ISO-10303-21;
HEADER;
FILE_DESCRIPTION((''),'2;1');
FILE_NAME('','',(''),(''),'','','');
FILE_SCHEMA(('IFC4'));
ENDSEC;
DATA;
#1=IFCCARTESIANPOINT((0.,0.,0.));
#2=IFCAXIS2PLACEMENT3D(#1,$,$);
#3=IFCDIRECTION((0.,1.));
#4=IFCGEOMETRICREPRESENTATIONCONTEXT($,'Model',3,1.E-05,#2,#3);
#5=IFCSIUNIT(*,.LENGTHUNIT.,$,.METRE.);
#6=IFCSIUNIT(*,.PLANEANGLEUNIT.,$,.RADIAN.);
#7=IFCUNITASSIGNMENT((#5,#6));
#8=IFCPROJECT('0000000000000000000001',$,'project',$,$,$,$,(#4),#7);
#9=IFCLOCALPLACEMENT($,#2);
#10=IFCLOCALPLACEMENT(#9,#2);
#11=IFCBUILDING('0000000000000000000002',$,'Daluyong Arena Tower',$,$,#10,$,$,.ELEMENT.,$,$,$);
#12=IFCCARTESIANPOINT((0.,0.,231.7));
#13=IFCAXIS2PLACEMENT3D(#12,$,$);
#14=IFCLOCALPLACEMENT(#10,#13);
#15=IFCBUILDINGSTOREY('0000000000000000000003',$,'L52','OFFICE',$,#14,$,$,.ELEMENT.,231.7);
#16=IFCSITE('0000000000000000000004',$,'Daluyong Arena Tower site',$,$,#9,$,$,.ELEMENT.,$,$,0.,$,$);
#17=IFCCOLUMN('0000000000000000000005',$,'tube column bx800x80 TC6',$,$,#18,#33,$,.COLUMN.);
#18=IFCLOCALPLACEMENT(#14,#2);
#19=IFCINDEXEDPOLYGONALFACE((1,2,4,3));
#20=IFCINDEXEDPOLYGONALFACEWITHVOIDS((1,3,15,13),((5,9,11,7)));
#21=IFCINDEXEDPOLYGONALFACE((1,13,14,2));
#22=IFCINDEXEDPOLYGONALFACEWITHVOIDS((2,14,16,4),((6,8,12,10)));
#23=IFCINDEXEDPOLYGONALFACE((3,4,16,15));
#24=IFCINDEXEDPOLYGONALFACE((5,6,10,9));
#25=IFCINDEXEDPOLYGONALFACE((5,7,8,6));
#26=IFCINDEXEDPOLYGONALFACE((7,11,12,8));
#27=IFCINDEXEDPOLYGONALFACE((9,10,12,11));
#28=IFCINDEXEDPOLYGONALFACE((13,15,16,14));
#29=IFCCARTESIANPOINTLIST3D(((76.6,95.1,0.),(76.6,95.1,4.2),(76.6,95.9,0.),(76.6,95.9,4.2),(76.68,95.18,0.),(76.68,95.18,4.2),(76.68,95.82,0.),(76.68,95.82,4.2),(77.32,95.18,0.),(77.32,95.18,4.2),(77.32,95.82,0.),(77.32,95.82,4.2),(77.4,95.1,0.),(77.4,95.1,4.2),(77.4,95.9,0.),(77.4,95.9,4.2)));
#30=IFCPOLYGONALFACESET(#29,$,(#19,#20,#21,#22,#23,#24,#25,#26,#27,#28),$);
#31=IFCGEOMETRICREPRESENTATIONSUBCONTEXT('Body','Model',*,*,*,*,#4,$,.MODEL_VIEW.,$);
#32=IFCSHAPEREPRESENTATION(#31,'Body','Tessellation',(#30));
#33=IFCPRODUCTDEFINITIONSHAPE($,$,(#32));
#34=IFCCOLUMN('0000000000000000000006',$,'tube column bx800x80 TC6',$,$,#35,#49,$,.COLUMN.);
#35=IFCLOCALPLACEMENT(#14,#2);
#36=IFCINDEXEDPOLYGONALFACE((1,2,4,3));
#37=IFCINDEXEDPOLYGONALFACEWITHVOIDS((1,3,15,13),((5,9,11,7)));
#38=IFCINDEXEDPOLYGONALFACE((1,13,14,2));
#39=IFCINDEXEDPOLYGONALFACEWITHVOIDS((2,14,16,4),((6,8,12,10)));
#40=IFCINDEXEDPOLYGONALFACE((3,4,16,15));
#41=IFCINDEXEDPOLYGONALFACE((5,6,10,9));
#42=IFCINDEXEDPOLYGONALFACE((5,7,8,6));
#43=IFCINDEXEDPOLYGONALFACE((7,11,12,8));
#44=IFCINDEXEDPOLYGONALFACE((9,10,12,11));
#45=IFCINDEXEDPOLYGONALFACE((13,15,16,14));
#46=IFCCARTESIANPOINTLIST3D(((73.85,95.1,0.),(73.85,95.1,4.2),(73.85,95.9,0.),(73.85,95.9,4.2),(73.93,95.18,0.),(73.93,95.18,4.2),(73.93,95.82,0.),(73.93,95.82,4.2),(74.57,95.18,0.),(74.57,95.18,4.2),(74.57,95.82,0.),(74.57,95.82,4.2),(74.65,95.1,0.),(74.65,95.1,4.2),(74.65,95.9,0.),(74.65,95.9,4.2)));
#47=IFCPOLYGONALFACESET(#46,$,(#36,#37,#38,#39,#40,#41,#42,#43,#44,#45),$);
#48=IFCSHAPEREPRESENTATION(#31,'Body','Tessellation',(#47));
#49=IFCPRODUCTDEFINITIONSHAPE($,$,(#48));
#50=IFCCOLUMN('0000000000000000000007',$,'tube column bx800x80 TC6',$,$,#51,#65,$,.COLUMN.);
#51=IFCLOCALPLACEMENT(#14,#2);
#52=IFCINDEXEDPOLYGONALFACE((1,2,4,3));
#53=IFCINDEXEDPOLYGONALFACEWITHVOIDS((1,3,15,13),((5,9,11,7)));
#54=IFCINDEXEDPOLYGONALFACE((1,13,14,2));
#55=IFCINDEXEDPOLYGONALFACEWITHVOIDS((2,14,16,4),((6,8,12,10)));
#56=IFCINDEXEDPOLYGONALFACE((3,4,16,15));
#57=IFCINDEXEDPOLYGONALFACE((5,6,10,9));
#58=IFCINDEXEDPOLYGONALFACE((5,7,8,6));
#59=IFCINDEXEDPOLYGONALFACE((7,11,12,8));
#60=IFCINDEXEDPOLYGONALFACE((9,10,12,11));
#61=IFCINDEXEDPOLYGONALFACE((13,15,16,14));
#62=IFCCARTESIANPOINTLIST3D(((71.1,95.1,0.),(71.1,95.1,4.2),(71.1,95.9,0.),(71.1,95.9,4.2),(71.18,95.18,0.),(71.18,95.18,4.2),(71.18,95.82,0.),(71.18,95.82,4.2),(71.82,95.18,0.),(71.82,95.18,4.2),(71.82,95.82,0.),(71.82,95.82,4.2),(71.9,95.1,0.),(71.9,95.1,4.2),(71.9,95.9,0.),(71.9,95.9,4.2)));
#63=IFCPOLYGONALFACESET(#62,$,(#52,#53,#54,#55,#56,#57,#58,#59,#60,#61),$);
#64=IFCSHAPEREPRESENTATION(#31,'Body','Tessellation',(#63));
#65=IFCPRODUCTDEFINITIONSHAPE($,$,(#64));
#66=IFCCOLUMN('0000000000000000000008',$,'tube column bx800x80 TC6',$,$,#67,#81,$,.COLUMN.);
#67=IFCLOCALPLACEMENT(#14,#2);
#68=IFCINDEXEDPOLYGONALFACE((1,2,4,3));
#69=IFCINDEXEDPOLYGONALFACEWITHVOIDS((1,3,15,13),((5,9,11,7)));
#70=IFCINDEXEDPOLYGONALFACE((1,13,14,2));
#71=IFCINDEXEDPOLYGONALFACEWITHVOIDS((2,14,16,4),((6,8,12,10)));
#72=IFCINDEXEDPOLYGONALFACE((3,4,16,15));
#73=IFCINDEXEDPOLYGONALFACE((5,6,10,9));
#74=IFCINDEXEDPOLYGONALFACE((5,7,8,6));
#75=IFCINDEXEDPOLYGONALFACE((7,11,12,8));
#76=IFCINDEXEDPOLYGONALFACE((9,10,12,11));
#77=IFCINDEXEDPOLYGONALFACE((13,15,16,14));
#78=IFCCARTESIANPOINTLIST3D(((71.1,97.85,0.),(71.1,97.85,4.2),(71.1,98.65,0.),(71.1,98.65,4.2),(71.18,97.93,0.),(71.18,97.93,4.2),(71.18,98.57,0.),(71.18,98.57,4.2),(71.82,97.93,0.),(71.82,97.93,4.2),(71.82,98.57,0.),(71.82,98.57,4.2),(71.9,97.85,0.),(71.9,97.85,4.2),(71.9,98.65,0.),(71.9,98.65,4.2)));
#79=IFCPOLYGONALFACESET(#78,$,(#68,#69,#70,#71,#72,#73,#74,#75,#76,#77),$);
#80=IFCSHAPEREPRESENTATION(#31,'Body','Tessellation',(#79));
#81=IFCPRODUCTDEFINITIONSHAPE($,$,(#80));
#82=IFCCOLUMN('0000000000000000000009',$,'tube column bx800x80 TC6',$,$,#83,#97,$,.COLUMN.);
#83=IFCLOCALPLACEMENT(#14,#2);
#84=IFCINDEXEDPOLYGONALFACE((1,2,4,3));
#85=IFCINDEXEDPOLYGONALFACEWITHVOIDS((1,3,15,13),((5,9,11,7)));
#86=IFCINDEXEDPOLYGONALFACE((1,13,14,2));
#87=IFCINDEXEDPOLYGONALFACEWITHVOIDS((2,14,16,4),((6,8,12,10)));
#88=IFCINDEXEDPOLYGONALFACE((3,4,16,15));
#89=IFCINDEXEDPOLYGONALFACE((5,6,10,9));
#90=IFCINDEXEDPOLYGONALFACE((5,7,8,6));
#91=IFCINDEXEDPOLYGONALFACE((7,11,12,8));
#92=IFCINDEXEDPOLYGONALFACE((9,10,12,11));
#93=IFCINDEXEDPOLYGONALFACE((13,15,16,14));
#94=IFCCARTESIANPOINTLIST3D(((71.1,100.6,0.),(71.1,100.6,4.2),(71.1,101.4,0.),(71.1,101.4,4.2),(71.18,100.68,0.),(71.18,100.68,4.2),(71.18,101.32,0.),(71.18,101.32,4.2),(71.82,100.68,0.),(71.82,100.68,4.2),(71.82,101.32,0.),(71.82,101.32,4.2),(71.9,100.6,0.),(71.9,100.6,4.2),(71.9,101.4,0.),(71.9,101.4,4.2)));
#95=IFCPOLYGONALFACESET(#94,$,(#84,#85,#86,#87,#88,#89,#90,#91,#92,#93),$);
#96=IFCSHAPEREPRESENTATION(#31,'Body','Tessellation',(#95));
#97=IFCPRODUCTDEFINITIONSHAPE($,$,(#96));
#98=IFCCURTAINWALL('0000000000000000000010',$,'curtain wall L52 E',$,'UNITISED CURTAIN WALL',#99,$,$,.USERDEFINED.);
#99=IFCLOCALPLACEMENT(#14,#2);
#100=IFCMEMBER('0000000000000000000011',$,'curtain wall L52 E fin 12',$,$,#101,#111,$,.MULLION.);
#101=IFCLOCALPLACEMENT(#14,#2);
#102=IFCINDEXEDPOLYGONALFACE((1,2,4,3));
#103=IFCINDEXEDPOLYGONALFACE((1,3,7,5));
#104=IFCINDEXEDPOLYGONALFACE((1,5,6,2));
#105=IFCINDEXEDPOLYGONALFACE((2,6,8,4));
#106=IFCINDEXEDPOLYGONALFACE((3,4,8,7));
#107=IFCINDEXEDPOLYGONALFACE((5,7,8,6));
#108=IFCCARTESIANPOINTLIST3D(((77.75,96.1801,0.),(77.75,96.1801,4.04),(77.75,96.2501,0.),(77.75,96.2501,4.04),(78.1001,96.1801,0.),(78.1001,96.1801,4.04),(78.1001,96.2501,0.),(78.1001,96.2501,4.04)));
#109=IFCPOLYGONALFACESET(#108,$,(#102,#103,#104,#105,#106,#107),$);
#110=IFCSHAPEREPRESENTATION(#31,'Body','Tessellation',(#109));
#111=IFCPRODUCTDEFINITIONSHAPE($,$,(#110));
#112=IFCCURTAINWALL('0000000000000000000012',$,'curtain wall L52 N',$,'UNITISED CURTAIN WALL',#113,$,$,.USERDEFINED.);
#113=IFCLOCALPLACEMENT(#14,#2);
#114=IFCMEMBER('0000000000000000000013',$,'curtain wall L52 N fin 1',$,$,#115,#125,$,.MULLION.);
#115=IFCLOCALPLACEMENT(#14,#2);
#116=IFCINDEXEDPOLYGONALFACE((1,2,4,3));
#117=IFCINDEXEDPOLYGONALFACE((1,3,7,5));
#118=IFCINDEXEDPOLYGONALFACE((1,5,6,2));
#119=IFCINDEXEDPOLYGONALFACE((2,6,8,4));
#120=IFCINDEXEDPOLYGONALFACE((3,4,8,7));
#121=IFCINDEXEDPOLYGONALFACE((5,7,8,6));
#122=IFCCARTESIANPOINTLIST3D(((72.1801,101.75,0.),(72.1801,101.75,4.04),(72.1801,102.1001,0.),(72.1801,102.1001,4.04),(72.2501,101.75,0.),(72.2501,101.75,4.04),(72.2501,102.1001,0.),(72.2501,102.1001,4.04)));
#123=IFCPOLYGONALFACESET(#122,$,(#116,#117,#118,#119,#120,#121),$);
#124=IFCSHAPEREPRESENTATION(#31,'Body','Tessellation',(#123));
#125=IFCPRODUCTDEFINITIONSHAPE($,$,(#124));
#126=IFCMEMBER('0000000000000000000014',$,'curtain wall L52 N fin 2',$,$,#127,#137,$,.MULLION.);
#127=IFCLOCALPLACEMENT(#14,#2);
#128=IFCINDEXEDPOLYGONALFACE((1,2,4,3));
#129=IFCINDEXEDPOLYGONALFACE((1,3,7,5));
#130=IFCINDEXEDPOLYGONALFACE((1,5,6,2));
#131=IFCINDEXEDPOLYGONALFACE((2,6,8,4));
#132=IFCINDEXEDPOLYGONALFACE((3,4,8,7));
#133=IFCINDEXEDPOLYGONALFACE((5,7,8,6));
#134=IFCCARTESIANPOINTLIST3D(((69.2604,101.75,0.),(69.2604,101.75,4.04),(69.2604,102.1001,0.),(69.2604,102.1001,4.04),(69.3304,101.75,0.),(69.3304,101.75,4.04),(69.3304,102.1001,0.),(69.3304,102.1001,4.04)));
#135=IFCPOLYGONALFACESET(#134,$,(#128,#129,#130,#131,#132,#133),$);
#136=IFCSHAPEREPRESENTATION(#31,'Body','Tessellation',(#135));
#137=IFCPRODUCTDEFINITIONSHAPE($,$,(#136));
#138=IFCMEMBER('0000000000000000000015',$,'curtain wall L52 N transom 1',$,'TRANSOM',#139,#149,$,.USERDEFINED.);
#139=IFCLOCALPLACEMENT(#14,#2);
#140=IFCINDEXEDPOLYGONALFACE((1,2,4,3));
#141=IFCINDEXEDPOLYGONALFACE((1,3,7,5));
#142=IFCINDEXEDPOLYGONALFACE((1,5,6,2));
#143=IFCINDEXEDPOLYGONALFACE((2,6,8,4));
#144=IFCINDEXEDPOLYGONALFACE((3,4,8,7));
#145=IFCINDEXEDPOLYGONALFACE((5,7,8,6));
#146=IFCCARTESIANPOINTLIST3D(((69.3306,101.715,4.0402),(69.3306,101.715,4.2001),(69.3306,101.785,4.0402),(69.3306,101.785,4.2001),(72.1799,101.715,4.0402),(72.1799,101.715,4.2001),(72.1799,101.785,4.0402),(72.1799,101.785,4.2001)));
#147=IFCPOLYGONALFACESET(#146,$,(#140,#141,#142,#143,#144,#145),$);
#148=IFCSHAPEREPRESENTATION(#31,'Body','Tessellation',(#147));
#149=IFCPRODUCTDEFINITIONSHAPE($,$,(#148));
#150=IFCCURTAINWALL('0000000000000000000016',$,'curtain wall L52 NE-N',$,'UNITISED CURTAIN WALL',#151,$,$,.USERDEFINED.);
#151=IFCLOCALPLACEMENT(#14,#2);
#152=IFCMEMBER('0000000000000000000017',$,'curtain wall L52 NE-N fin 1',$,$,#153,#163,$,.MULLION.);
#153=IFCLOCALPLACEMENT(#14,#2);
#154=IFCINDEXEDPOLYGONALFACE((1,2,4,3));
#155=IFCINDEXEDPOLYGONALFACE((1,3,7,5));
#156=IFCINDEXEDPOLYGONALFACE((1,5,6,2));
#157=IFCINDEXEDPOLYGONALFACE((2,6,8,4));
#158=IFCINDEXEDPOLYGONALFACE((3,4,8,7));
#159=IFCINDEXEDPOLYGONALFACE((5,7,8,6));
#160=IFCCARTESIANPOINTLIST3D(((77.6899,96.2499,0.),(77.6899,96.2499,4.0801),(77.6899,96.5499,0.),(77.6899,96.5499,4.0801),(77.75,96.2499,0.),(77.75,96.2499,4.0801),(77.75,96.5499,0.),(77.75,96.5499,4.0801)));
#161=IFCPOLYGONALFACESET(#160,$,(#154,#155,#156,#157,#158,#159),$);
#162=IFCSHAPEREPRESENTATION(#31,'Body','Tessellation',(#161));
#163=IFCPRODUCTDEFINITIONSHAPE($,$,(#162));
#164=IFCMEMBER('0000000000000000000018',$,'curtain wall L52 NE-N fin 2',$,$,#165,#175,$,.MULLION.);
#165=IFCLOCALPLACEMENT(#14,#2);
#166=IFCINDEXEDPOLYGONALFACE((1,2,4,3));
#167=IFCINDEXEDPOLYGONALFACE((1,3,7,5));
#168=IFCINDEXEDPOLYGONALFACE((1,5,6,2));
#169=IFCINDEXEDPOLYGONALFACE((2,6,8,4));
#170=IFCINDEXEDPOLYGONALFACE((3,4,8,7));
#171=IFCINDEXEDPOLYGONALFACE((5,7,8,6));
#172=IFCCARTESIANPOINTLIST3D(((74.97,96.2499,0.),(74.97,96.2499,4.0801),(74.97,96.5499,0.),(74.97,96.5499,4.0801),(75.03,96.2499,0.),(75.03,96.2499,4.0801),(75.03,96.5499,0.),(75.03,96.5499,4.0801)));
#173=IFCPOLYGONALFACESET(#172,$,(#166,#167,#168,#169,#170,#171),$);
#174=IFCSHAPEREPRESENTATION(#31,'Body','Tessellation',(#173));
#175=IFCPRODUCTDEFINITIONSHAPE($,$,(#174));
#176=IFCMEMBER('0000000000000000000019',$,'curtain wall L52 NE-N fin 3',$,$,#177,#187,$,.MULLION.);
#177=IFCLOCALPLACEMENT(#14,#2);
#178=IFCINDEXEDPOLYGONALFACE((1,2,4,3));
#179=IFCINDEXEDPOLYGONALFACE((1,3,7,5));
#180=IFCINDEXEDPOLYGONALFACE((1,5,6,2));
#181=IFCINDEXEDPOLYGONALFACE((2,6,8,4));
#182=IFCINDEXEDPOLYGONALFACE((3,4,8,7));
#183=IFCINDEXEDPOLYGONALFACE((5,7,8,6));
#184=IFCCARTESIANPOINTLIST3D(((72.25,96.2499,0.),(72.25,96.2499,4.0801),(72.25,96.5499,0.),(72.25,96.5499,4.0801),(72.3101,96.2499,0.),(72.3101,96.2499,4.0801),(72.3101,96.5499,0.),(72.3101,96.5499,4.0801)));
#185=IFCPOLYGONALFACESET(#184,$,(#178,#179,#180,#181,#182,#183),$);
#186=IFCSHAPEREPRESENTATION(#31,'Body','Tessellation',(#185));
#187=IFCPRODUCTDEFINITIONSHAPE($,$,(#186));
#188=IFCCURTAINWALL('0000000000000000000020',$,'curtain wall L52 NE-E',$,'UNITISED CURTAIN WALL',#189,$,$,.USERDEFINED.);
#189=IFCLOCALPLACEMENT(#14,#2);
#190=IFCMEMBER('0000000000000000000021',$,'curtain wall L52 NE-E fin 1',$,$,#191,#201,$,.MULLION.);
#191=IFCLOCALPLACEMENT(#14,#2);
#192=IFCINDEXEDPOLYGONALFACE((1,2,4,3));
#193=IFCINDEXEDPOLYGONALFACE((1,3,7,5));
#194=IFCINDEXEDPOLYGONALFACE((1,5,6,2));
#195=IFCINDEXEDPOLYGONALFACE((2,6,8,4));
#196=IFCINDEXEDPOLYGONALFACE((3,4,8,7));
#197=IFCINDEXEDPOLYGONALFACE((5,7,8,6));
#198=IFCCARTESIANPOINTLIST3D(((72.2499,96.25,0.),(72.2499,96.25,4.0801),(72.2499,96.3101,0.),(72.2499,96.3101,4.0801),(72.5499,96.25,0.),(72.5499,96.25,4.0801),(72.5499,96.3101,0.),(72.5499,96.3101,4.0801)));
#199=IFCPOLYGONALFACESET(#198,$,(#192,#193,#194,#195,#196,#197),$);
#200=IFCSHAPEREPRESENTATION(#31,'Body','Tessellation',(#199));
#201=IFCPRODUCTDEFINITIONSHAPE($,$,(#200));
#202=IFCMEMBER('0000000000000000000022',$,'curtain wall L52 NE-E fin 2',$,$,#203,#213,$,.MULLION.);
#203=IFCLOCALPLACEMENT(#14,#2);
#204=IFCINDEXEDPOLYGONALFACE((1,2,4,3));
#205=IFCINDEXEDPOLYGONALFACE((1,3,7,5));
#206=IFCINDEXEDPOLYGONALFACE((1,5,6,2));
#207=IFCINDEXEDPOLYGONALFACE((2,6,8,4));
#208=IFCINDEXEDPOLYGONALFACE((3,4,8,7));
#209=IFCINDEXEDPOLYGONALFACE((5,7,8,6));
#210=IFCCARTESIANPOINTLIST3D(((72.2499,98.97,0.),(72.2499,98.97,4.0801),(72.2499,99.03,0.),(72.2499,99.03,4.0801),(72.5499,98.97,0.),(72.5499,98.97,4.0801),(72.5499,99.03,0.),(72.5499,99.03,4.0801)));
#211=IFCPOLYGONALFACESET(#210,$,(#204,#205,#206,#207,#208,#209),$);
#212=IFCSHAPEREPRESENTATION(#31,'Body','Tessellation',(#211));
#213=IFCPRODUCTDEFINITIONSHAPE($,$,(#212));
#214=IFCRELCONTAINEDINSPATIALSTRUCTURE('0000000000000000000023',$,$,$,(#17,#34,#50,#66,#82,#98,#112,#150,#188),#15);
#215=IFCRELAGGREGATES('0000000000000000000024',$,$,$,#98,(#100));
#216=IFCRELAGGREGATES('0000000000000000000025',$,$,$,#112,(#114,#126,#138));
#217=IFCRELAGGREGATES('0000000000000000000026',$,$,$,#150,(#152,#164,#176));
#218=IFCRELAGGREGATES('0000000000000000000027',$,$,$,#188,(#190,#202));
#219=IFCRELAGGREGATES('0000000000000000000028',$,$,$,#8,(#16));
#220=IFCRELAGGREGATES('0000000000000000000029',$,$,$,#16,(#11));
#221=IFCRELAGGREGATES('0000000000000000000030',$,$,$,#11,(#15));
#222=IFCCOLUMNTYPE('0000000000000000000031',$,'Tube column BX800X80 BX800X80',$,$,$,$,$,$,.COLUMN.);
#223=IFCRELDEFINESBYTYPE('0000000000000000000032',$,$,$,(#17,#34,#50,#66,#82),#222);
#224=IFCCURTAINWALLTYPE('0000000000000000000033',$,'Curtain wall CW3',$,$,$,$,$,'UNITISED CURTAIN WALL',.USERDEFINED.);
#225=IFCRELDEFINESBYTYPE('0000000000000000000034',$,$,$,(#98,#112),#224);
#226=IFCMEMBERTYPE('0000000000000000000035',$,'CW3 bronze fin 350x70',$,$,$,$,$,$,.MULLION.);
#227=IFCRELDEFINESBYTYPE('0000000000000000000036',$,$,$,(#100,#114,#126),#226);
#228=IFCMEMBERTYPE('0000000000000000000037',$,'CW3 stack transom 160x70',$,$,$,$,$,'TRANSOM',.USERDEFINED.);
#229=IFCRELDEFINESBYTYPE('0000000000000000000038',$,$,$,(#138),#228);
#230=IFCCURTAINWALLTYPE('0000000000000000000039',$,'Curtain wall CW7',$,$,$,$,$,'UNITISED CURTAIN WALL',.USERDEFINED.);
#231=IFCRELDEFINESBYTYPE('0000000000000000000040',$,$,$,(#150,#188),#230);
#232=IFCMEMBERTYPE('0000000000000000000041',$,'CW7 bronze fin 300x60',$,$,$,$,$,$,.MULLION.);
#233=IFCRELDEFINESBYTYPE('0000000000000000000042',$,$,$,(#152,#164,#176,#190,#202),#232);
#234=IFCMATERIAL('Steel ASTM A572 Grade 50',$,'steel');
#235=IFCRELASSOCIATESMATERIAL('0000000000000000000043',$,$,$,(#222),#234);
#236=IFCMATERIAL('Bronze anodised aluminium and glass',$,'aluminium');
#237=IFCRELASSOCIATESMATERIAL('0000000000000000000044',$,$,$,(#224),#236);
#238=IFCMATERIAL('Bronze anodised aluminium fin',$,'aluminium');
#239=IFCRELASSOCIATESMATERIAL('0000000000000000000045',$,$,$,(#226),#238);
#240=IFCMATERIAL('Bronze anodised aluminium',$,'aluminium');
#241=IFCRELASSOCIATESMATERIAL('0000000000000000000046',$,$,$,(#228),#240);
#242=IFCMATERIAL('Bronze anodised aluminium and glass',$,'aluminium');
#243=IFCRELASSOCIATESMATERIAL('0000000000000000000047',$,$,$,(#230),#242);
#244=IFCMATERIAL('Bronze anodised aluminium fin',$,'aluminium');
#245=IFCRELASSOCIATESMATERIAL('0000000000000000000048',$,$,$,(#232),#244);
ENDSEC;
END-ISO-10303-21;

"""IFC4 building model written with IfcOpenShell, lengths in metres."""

from ifc_helpers import new_model, si_unit, direction, frame, origin, origin_2d, place, context, subcontext, project, spatial, rectangle, hollow_rectangle, extrude, material, material_profile, profile_set, type_object, element, aggregate, save


model = new_model("IFC4")

# Units and contexts
model_context = context("Model", 3, precision=1e-05, world=origin(), true_north=direction((0.0, 1.0)))
body_context = subcontext(model_context, "Body", "Model", "MODEL_VIEW")
ifc_project = project(units=[si_unit("LENGTHUNIT", "METRE"), si_unit("PLANEANGLEUNIT", "RADIAN")], contexts=[model_context])

# Site, building, storey
site_placement = place(None, origin())
site = spatial("IfcSite", under=ifc_project, at=site_placement, Name="Daluyong Arena Tower site", CompositionType="ELEMENT", RefElevation=0.0)
building_placement = place(site_placement, origin())
building = spatial("IfcBuilding", under=site, at=building_placement, Name="Daluyong Arena Tower", CompositionType="ELEMENT")
storey_placement = place(building_placement, frame((0.0, 0.0, 231.7)))
storey = spatial("IfcBuildingStorey", under=building, at=storey_placement, Name="L52", Description="OFFICE", CompositionType="ELEMENT", Elevation=231.7)

# Columns
ifc_material_1 = material(Name="Steel ASTM A572 Grade 50", Category="steel")
ifc_material_profile_1 = material_profile(ifc_material_1, hollow_rectangle(XDim=0.8, YDim=0.8, WallThickness=0.08, at=origin_2d()))
ifc_profile_set_1 = profile_set([ifc_material_profile_1], Name="Steel ASTM A572 Grade 50")
column_type = type_object("IfcColumnType", Name="Tube column BX800X80 BX800X80", PredefinedType="COLUMN", material=ifc_profile_set_1)
for number, where, z_axis, x_axis, name in (
    (1, (77.0, 95.5, 0.0), (0.0, 0.0, 1.0), (1.0, 0.0, 0.0), "tube column bx800x80 TC6"),
    (2, (74.25, 95.5, 0.0), (0.0, 0.0, 1.0), (1.0, 0.0, 0.0), "tube column bx800x80 TC6"),
    (3, (71.5, 95.5, 0.0), (0.0, 0.0, 1.0), (0.0, 1.0, 0.0), "tube column bx800x80 TC6"),
    (4, (71.5, 98.25, 0.0), (0.0, 0.0, 1.0), (0.0, 1.0, 0.0), "tube column bx800x80 TC6"),
    (5, (71.5, 101.0, 0.0), (0.0, 0.0, 1.0), (1.0, 0.0, 0.0), "tube column bx800x80 TC6"),
):
    element("IfcColumn", number, at=place(storey_placement, frame(where, z_axis=z_axis, x_axis=x_axis)), inside=storey, type_object=column_type, Name=name, PredefinedType="COLUMN", context=body_context, shape_type="SweptSolid", body=[
        extrude(hollow_rectangle(XDim=0.8, YDim=0.8, WallThickness=0.08, at=origin_2d()), origin(), (0.0, 0.0, 1.0), 4.2),
    ])

# Curtain wall, member
ifc_material_2 = material(Name="Bronze anodised aluminium and glass", Category="aluminium")
curtain_wall_type_1 = type_object("IfcCurtainWallType", Name="Curtain wall CW3", ElementType="UNITISED CURTAIN WALL", PredefinedType="USERDEFINED", material=ifc_material_2)
curtain_wall_1_placement = place(storey_placement, origin())
curtain_wall_1 = element("IfcCurtainWall", 6, at=curtain_wall_1_placement, inside=storey, type_object=curtain_wall_type_1, Name="curtain wall L52 E", ObjectType="UNITISED CURTAIN WALL", PredefinedType="USERDEFINED")
ifc_material_3 = material(Name="Bronze anodised aluminium fin", Category="aluminium")
ifc_material_profile_2 = material_profile(ifc_material_3, rectangle(XDim=0.3501, YDim=0.0701, at=origin_2d()))
ifc_profile_set_2 = profile_set([ifc_material_profile_2], Name="Bronze anodised aluminium fin")
member_type_1 = type_object("IfcMemberType", Name="CW3 bronze fin 350x70", PredefinedType="MULLION", material=ifc_profile_set_2)
member_1_placement = place(storey_placement, frame((77.925, 96.2151, 0.0), z_axis=(0.0, 0.0, 1.0), x_axis=(-1.0, 0.0, 0.0)))
member_1 = element("IfcMember", 7, at=member_1_placement, type_object=member_type_1, Name="curtain wall L52 E fin 12", PredefinedType="MULLION", context=body_context, shape_type="SweptSolid", body=[
    extrude(rectangle(XDim=0.3501, YDim=0.0701, at=origin_2d()), origin(), (0.0, 0.0, 1.0), 4.04),
])

# Curtain walls, members
curtain_wall_2_placement = place(storey_placement, origin())
curtain_wall_2 = element("IfcCurtainWall", 8, at=curtain_wall_2_placement, inside=storey, type_object=curtain_wall_type_1, Name="curtain wall L52 N", ObjectType="UNITISED CURTAIN WALL", PredefinedType="USERDEFINED")
member_2_placement = place(storey_placement, frame((72.2151, 101.925, 0.0), z_axis=(0.0, 0.0, 1.0), x_axis=(0.0, -1.0, 0.0)))
member_2 = element("IfcMember", 9, at=member_2_placement, type_object=member_type_1, Name="curtain wall L52 N fin 1", PredefinedType="MULLION", context=body_context, shape_type="SweptSolid", body=[
    extrude(rectangle(XDim=0.3501, YDim=0.0701, at=origin_2d()), origin(), (0.0, 0.0, 1.0), 4.04),
])
member_3_placement = place(storey_placement, frame((69.2954, 101.925, 0.0), z_axis=(0.0, 0.0, 1.0), x_axis=(0.0, -1.0, 0.0)))
member_3 = element("IfcMember", 10, at=member_3_placement, type_object=member_type_1, Name="curtain wall L52 N fin 2", PredefinedType="MULLION", context=body_context, shape_type="SweptSolid", body=[
    extrude(rectangle(XDim=0.3501, YDim=0.0701, at=origin_2d()), origin(), (0.0, 0.0, 1.0), 4.04),
])
ifc_material_4 = material(Name="Bronze anodised aluminium", Category="aluminium")
ifc_material_profile_3 = material_profile(ifc_material_4, rectangle(XDim=0.0701, YDim=0.1599, at=origin_2d()))
ifc_profile_set_3 = profile_set([ifc_material_profile_3], Name="Bronze anodised aluminium")
member_type_2 = type_object("IfcMemberType", Name="CW3 stack transom 160x70", ElementType="TRANSOM", PredefinedType="USERDEFINED", material=ifc_profile_set_3)
member_4_placement = place(storey_placement, frame((72.1799, 101.75, 4.1201), z_axis=(-1.0, 0.0, 0.0), x_axis=(0.0, -1.0, 0.0)))
member_4 = element("IfcMember", 11, at=member_4_placement, type_object=member_type_2, Name="curtain wall L52 N transom 1", ObjectType="TRANSOM", PredefinedType="USERDEFINED", context=body_context, shape_type="SweptSolid", body=[
    extrude(rectangle(XDim=0.0701, YDim=0.1599, at=origin_2d()), origin(), (0.0, 0.0, 1.0), 2.8494),
])
ifc_material_5 = material(Name="Bronze anodised aluminium and glass", Category="aluminium")
curtain_wall_type_2 = type_object("IfcCurtainWallType", Name="Curtain wall CW7", ElementType="UNITISED CURTAIN WALL", PredefinedType="USERDEFINED", material=ifc_material_5)
curtain_wall_3_placement = place(storey_placement, origin())
curtain_wall_3 = element("IfcCurtainWall", 12, at=curtain_wall_3_placement, inside=storey, type_object=curtain_wall_type_2, Name="curtain wall L52 NE-N", ObjectType="UNITISED CURTAIN WALL", PredefinedType="USERDEFINED")
ifc_material_6 = material(Name="Bronze anodised aluminium fin", Category="aluminium")
ifc_material_profile_4 = material_profile(ifc_material_6, rectangle(XDim=0.3, YDim=0.0601, at=origin_2d()))
ifc_profile_set_4 = profile_set([ifc_material_profile_4], Name="Bronze anodised aluminium fin")
member_type_3 = type_object("IfcMemberType", Name="CW7 bronze fin 300x60", PredefinedType="MULLION", material=ifc_profile_set_4)
member_5_placement = place(storey_placement, frame((77.72, 96.3999, 0.0), z_axis=(0.0, 0.0, 1.0), x_axis=(0.0, -1.0, 0.0)))
member_5 = element("IfcMember", 13, at=member_5_placement, type_object=member_type_3, Name="curtain wall L52 NE-N fin 1", PredefinedType="MULLION", context=body_context, shape_type="SweptSolid", body=[
    extrude(rectangle(XDim=0.3, YDim=0.0601, at=origin_2d()), origin(), (0.0, 0.0, 1.0), 4.0801),
])
member_6_placement = place(storey_placement, frame((75.0, 96.3999, 0.0), z_axis=(0.0, 0.0, 1.0), x_axis=(0.0, -1.0, 0.0)))
member_6 = element("IfcMember", 14, at=member_6_placement, type_object=member_type_3, Name="curtain wall L52 NE-N fin 2", PredefinedType="MULLION", context=body_context, shape_type="SweptSolid", body=[
    extrude(rectangle(XDim=0.3, YDim=0.0601, at=origin_2d()), origin(), (0.0, 0.0, 1.0), 4.0801),
])
member_7_placement = place(storey_placement, frame((72.28, 96.3999, 0.0), z_axis=(0.0, 0.0, 1.0), x_axis=(0.0, -1.0, 0.0)))
member_7 = element("IfcMember", 15, at=member_7_placement, type_object=member_type_3, Name="curtain wall L52 NE-N fin 3", PredefinedType="MULLION", context=body_context, shape_type="SweptSolid", body=[
    extrude(rectangle(XDim=0.3, YDim=0.0601, at=origin_2d()), origin(), (0.0, 0.0, 1.0), 4.0801),
])
curtain_wall_4_placement = place(storey_placement, origin())
curtain_wall_4 = element("IfcCurtainWall", 16, at=curtain_wall_4_placement, inside=storey, type_object=curtain_wall_type_2, Name="curtain wall L52 NE-E", ObjectType="UNITISED CURTAIN WALL", PredefinedType="USERDEFINED")
member_8_placement = place(storey_placement, frame((72.3999, 96.28, 0.0), z_axis=(0.0, 0.0, 1.0), x_axis=(-1.0, 0.0, 0.0)))
member_8 = element("IfcMember", 17, at=member_8_placement, type_object=member_type_3, Name="curtain wall L52 NE-E fin 1", PredefinedType="MULLION", context=body_context, shape_type="SweptSolid", body=[
    extrude(rectangle(XDim=0.3, YDim=0.0601, at=origin_2d()), origin(), (0.0, 0.0, 1.0), 4.0801),
])
member_9_placement = place(storey_placement, frame((72.3999, 99.0, 0.0), z_axis=(0.0, 0.0, 1.0), x_axis=(-1.0, 0.0, 0.0)))
member_9 = element("IfcMember", 18, at=member_9_placement, type_object=member_type_3, Name="curtain wall L52 NE-E fin 2", PredefinedType="MULLION", context=body_context, shape_type="SweptSolid", body=[
    extrude(rectangle(XDim=0.3, YDim=0.0601, at=origin_2d()), origin(), (0.0, 0.0, 1.0), 4.0801),
])

aggregate(curtain_wall_1, [member_1])
aggregate(curtain_wall_2, [member_2, member_3, member_4])
aggregate(curtain_wall_3, [member_5, member_6, member_7])
aggregate(curtain_wall_4, [member_8, member_9])

save(model, "model.ifc")
